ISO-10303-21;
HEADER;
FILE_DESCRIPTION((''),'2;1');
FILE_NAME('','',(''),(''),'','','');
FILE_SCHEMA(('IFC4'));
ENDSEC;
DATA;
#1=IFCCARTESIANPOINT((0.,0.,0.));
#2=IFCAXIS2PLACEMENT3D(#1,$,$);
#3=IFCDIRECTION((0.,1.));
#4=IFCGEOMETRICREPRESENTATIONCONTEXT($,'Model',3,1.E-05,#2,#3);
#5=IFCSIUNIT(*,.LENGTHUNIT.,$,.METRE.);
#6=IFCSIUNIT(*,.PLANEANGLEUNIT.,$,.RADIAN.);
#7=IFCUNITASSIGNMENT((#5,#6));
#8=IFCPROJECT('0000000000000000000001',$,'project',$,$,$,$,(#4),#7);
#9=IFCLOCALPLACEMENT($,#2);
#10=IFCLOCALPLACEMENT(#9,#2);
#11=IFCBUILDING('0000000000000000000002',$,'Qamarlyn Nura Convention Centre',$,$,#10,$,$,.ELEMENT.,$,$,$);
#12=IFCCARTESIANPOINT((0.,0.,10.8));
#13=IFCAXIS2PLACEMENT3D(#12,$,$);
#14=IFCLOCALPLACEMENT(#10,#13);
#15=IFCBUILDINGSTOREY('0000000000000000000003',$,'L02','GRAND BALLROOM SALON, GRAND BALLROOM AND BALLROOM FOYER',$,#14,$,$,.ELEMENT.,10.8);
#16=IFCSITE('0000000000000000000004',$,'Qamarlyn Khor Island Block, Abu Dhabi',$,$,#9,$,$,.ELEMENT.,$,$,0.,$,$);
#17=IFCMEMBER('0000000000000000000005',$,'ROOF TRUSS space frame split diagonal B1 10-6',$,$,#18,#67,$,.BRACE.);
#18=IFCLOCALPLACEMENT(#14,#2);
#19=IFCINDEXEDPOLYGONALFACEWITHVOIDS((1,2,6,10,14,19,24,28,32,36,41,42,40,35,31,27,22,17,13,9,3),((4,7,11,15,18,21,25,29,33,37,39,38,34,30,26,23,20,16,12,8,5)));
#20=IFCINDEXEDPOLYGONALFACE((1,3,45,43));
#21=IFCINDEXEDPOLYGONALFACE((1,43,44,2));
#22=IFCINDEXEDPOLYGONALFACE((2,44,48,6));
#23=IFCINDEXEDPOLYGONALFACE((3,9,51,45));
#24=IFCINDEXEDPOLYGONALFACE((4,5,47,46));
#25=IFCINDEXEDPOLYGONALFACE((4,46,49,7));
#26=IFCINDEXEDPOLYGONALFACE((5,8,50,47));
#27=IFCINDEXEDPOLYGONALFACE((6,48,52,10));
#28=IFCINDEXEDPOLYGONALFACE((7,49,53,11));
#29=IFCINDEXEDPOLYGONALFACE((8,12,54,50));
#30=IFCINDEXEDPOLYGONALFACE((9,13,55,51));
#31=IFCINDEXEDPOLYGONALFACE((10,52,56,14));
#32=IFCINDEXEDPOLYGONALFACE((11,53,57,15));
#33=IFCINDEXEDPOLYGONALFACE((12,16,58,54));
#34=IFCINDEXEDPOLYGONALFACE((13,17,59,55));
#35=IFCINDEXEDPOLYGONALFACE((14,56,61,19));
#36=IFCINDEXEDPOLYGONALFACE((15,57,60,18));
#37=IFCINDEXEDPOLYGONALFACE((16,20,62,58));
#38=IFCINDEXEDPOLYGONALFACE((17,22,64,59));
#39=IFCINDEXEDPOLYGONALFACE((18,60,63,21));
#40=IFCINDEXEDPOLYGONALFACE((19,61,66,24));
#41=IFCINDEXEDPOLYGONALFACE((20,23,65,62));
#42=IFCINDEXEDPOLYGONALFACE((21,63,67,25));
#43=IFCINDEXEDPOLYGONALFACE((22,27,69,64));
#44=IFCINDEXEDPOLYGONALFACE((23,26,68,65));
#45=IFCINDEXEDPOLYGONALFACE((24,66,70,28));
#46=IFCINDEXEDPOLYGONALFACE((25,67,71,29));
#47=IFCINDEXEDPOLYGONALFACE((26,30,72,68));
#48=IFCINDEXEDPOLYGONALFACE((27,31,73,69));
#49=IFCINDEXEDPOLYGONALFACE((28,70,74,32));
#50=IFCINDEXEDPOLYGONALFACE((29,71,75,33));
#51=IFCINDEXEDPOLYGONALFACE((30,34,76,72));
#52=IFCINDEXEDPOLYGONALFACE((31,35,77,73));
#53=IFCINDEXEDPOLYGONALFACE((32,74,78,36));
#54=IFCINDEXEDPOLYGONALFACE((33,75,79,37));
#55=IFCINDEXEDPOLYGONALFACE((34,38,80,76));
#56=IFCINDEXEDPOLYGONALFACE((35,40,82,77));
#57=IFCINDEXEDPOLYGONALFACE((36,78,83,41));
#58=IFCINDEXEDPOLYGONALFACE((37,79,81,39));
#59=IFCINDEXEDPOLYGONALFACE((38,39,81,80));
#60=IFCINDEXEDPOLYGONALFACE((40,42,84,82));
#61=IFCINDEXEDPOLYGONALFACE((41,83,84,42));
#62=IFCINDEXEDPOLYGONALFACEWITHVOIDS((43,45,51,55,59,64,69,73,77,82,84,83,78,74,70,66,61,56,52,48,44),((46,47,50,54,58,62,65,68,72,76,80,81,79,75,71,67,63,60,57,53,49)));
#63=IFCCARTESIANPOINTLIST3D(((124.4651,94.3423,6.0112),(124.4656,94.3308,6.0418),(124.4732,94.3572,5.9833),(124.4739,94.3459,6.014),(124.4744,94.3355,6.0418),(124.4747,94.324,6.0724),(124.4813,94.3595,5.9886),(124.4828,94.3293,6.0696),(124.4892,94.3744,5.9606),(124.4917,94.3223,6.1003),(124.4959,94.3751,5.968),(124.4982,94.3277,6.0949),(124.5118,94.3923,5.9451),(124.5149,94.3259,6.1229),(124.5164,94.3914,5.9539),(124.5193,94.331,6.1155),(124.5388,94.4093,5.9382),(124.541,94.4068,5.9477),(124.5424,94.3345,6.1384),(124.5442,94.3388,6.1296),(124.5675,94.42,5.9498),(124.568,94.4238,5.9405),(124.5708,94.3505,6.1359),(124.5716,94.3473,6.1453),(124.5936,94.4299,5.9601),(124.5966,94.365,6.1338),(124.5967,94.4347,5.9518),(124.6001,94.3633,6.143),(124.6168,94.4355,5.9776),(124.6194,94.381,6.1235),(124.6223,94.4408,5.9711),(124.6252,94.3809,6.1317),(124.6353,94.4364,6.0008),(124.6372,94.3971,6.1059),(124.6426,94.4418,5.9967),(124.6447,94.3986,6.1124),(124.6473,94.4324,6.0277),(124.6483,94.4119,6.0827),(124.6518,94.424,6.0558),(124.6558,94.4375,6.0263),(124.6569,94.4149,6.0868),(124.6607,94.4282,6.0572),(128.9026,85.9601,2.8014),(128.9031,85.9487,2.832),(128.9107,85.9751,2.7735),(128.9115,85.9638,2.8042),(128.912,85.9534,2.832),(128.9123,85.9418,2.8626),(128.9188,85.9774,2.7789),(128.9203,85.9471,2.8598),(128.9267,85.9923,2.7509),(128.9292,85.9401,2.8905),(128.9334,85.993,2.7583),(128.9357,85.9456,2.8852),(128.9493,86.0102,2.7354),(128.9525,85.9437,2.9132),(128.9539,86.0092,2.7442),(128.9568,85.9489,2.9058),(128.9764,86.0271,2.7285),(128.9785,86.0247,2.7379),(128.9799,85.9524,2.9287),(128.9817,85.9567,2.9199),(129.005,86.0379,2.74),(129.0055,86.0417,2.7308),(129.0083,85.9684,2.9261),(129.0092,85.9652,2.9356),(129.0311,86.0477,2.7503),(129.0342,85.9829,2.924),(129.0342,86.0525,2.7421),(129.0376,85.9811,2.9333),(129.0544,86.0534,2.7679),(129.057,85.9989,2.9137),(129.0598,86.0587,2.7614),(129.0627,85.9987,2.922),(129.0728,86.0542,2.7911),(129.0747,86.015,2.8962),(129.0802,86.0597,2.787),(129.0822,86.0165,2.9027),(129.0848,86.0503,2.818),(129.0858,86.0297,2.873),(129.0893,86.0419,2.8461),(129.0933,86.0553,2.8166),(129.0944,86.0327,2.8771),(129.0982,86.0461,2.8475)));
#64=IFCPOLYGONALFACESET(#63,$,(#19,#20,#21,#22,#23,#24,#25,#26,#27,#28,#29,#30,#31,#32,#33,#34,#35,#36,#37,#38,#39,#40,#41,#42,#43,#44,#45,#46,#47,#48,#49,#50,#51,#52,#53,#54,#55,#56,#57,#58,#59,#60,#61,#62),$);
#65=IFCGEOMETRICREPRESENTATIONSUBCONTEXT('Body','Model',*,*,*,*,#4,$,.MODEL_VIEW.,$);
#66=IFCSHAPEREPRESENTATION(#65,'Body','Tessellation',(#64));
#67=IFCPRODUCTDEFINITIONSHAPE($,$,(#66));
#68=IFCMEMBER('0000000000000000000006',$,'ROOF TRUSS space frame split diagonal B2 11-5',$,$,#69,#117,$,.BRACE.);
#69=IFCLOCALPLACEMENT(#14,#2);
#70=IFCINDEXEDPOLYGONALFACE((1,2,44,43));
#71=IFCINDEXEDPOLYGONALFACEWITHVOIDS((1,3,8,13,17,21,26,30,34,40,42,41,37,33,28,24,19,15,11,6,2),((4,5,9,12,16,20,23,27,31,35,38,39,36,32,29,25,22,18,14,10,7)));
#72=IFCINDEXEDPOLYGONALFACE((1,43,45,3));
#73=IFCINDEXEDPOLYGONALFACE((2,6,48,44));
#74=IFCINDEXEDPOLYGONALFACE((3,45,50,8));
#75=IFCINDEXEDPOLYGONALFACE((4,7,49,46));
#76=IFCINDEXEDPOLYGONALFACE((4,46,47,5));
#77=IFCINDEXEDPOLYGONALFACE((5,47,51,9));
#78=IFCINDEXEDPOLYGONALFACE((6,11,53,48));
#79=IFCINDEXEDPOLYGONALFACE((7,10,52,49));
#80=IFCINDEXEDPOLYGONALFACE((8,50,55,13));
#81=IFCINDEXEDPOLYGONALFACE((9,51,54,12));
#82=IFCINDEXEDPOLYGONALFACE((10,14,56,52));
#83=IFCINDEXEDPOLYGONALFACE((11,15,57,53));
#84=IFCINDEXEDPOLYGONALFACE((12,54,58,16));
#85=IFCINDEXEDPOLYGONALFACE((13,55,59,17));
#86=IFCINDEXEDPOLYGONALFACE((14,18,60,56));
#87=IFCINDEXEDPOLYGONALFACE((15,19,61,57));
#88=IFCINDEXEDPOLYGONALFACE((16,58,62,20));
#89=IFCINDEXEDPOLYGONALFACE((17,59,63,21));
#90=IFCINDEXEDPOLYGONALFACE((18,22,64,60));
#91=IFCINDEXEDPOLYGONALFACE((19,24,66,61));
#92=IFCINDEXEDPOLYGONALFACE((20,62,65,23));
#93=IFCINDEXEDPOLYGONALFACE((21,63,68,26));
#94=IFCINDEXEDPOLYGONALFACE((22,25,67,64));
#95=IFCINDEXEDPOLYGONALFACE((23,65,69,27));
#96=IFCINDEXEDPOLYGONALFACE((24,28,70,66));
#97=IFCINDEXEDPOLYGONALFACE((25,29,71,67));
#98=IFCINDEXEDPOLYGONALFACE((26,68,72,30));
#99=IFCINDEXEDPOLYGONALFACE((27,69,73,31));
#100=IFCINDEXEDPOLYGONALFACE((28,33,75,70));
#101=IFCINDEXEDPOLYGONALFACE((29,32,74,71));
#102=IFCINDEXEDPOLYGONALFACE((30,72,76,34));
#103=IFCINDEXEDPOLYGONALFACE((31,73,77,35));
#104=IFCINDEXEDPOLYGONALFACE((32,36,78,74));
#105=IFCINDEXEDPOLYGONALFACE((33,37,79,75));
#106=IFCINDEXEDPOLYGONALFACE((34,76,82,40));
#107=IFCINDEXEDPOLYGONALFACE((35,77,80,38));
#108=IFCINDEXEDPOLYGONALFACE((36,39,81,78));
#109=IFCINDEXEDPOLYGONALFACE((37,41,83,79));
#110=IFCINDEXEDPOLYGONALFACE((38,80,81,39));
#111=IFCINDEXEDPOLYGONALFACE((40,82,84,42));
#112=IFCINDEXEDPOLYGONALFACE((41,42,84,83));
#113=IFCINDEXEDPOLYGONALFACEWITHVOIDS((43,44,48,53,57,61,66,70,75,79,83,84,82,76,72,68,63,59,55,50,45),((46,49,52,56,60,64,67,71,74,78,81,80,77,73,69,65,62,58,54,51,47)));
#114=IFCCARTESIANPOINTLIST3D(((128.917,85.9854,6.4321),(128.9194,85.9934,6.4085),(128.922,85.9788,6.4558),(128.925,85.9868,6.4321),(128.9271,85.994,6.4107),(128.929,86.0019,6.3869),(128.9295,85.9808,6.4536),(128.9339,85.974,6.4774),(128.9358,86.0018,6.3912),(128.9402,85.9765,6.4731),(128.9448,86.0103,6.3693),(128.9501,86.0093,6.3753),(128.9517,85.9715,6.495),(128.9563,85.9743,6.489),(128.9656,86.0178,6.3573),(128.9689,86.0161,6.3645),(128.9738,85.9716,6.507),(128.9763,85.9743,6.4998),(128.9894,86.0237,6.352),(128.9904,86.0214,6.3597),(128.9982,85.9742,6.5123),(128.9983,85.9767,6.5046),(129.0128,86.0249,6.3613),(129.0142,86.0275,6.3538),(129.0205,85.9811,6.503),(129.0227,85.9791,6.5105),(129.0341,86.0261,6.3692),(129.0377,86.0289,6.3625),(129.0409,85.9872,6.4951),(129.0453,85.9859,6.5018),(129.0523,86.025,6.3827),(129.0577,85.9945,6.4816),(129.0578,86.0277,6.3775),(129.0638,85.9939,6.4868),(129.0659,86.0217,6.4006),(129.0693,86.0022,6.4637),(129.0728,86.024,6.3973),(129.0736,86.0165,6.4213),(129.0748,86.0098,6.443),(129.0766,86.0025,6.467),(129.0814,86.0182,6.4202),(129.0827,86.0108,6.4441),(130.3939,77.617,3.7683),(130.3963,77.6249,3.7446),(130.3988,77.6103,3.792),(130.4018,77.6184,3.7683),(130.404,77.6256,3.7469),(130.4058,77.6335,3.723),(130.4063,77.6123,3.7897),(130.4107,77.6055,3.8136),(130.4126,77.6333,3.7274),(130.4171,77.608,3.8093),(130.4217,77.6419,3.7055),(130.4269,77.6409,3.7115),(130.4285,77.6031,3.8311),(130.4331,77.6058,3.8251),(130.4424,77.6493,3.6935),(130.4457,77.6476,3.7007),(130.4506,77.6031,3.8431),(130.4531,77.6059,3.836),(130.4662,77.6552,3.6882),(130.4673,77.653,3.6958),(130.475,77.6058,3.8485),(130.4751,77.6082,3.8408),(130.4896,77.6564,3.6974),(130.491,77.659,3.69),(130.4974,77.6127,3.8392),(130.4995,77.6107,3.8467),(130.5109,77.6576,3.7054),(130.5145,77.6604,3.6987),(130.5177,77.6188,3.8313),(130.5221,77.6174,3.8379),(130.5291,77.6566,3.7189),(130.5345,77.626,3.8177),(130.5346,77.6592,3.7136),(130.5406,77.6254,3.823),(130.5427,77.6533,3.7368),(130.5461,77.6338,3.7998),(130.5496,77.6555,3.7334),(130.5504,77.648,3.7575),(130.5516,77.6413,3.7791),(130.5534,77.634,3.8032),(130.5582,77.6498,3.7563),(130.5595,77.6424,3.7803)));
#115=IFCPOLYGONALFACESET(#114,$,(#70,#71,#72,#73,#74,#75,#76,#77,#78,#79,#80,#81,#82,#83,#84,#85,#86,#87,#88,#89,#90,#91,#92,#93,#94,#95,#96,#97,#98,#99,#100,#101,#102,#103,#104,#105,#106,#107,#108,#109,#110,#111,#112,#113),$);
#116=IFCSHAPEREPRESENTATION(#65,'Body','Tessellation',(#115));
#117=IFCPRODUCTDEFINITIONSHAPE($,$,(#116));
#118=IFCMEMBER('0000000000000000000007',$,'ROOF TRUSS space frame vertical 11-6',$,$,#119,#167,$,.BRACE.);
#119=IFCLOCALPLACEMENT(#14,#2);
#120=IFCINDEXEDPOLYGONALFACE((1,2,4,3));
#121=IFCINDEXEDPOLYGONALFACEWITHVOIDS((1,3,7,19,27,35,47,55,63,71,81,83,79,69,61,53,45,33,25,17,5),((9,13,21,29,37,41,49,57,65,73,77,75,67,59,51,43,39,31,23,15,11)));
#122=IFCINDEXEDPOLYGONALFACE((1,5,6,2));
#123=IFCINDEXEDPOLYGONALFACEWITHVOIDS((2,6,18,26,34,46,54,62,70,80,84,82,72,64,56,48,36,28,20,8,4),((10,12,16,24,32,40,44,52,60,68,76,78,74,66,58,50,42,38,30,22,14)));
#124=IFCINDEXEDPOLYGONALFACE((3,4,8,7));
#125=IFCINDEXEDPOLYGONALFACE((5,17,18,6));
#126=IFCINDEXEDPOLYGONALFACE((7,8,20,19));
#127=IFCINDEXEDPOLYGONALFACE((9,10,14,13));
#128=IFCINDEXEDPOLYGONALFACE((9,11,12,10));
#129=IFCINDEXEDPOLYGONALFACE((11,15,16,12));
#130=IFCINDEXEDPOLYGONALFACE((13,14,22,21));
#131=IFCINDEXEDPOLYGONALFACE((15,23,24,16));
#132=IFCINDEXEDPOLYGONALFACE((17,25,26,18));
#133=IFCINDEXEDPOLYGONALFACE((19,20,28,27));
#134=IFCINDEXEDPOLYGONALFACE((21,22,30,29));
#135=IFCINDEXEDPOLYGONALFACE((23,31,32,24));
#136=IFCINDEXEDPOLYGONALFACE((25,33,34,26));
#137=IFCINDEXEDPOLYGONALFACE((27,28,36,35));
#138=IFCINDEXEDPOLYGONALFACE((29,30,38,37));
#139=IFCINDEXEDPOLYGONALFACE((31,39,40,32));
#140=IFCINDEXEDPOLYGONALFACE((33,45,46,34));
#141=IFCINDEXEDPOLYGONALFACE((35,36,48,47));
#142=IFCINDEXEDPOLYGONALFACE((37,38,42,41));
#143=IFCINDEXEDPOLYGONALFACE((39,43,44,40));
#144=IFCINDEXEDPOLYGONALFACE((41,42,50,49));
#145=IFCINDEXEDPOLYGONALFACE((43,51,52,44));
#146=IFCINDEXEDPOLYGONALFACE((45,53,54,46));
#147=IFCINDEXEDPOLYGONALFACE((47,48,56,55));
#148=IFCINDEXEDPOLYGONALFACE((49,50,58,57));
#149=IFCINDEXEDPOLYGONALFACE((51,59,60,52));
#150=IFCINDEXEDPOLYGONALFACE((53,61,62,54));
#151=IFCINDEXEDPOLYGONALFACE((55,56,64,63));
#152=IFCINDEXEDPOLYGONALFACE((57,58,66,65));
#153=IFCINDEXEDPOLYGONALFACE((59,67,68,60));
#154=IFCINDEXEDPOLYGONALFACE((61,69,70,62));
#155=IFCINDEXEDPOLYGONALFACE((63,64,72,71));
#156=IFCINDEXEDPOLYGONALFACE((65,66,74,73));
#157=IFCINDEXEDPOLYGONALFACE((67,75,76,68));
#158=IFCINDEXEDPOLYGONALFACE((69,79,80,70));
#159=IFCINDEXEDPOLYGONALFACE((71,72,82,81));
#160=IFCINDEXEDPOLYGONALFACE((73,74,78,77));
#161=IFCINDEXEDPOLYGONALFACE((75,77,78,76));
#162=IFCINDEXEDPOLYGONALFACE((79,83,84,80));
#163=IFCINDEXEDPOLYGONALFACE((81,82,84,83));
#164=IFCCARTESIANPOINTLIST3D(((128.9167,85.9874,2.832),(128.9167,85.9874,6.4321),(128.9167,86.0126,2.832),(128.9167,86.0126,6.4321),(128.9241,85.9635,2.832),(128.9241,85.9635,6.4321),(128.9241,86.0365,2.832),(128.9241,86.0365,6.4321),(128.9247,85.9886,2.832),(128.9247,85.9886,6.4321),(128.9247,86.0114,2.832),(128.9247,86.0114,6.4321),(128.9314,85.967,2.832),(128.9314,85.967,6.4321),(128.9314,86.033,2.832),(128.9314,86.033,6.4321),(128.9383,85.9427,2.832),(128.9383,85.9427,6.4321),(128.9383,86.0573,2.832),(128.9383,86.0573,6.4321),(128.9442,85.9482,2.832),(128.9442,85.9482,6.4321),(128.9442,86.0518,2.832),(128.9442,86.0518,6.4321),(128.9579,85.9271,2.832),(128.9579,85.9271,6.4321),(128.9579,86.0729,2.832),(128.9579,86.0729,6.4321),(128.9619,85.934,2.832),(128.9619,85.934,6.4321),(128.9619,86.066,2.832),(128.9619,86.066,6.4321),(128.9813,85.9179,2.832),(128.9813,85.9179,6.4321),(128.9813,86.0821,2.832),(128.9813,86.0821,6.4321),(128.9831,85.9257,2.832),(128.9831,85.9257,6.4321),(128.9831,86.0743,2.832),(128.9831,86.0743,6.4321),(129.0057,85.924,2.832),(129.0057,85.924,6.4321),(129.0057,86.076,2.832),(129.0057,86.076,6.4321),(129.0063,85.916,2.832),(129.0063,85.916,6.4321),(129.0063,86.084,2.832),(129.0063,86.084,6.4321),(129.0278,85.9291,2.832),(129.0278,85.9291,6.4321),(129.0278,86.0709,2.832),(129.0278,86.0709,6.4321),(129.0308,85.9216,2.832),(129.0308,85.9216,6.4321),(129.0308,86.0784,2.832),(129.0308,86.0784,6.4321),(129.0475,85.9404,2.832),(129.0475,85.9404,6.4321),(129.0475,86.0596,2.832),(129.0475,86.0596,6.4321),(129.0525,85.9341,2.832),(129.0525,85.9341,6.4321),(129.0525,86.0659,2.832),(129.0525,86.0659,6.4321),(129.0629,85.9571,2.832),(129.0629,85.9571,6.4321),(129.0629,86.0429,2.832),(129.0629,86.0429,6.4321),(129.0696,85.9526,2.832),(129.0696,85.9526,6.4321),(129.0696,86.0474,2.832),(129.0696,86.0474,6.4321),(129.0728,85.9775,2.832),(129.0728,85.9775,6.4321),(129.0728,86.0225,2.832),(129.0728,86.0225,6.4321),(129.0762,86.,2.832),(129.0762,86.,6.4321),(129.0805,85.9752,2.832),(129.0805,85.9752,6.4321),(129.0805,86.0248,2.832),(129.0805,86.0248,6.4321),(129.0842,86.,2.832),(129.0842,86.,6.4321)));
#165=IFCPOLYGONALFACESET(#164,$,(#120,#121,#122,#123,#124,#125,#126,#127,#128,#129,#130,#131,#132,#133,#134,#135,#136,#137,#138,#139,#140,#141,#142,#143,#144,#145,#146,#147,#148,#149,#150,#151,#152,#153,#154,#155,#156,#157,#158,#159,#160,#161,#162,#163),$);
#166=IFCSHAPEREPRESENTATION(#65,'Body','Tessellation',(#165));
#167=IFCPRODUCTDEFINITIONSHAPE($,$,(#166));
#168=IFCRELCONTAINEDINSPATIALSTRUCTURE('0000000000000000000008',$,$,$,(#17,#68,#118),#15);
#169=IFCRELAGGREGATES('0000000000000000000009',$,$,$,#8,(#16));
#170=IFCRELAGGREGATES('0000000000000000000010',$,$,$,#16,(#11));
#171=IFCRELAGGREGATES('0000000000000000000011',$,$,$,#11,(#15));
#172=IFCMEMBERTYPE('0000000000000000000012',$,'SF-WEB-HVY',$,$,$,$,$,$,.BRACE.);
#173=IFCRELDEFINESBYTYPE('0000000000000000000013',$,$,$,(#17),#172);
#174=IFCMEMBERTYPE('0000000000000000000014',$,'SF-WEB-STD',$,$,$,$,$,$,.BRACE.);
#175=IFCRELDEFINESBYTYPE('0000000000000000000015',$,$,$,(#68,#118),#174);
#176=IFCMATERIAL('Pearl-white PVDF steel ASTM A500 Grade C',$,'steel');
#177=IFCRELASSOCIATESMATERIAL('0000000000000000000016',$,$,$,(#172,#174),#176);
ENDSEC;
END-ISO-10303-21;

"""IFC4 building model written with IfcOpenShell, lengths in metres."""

from ifc_helpers import new_model, si_unit, direction, frame, origin, origin_2d, place, context, subcontext, project, spatial, hollow_circle, extrude, material, material_profile, profile_set, type_object, element, save


model = new_model("IFC4")

# Units and contexts
model_context = context("Model", 3, precision=1e-05, world=origin(), true_north=direction((0.0, 1.0)))
body_context = subcontext(model_context, "Body", "Model", "MODEL_VIEW")
ifc_project = project(units=[si_unit("LENGTHUNIT", "METRE"), si_unit("PLANEANGLEUNIT", "RADIAN")], contexts=[model_context])

# Site, building, storey
site_placement = place(None, origin())
site = spatial("IfcSite", under=ifc_project, at=site_placement, Name="Qamarlyn Khor Island Block, Abu Dhabi", CompositionType="ELEMENT", RefElevation=0.0)
building_placement = place(site_placement, origin())
building = spatial("IfcBuilding", under=site, at=building_placement, Name="Qamarlyn Nura Convention Centre", CompositionType="ELEMENT")
storey_placement = place(building_placement, frame((0.0, 0.0, 10.8)))
storey = spatial("IfcBuildingStorey", under=building, at=storey_placement, Name="L02", Description="GRAND BALLROOM SALON, GRAND BALLROOM AND BALLROOM FOYER", CompositionType="ELEMENT", Elevation=10.8)

# Members
ifc_material_1 = material(Name="Pearl-white PVDF steel ASTM A500 Grade C", Category="steel")
ifc_material_profile_1 = material_profile(ifc_material_1, hollow_circle(Radius=0.1096, WallThickness=0.01, at=origin_2d()), Name="CHS219.1X10")
ifc_profile_set_1 = profile_set([ifc_material_profile_1], Name="Pearl-white PVDF steel ASTM A500 Grade C")
member_type_1 = type_object("IfcMemberType", Name="SF-WEB-HVY", PredefinedType="BRACE", material=ifc_profile_set_1)
member_1_placement = place(storey_placement, frame((129.0, 86.0, 2.832), z_axis=(-0.44319, 0.83715, 0.320566), x_axis=(-0.883791, -0.467882, 0.0)))
element("IfcMember", 1, at=member_1_placement, inside=storey, type_object=member_type_1, Name="ROOF TRUSS space frame split diagonal B1 10-6", PredefinedType="BRACE", context=body_context, shape_type="SweptSolid", body=[
    extrude(hollow_circle(Radius=0.1096, WallThickness=0.01, at=origin_2d()), origin(), (0.0, 0.0, 1.0), 10.0127),
])
ifc_material_profile_2 = material_profile(ifc_material_1, hollow_circle(Radius=0.0842, WallThickness=0.0081, at=origin_2d()), Name="CHS168.3X8")
ifc_profile_set_2 = profile_set([ifc_material_profile_2], Name="Pearl-white PVDF steel ASTM A500 Grade C")
member_type_2 = type_object("IfcMemberType", Name="SF-WEB-STD", PredefinedType="BRACE", material=ifc_profile_set_2)
member_2_placement = place(storey_placement, frame((130.4768, 77.6316, 3.7683), z_axis=(-0.165832, 0.939695, 0.299122), x_axis=(-0.984783, -0.173789, 0.0)))
element("IfcMember", 2, at=member_2_placement, inside=storey, type_object=member_type_2, Name="ROOF TRUSS space frame split diagonal B2 11-5", PredefinedType="BRACE", context=body_context, shape_type="SweptSolid", body=[
    extrude(hollow_circle(Radius=0.0842, WallThickness=0.0081, at=origin_2d()), origin(), (0.0, 0.0, 1.0), 8.9055),
])
member_3_placement = place(storey_placement, frame((129.0, 86.0, 2.832), z_axis=(0.0, 0.0, 1.0), x_axis=(1.0, 0.0, 0.0)))
element("IfcMember", 3, at=member_3_placement, inside=storey, type_object=member_type_2, Name="ROOF TRUSS space frame vertical 11-6", PredefinedType="BRACE", context=body_context, shape_type="SweptSolid", body=[
    extrude(hollow_circle(Radius=0.0842, WallThickness=0.0081, at=origin_2d()), origin(), (0.0, 0.0, 1.0), 3.6001),
])

save(model, "model.ifc")
